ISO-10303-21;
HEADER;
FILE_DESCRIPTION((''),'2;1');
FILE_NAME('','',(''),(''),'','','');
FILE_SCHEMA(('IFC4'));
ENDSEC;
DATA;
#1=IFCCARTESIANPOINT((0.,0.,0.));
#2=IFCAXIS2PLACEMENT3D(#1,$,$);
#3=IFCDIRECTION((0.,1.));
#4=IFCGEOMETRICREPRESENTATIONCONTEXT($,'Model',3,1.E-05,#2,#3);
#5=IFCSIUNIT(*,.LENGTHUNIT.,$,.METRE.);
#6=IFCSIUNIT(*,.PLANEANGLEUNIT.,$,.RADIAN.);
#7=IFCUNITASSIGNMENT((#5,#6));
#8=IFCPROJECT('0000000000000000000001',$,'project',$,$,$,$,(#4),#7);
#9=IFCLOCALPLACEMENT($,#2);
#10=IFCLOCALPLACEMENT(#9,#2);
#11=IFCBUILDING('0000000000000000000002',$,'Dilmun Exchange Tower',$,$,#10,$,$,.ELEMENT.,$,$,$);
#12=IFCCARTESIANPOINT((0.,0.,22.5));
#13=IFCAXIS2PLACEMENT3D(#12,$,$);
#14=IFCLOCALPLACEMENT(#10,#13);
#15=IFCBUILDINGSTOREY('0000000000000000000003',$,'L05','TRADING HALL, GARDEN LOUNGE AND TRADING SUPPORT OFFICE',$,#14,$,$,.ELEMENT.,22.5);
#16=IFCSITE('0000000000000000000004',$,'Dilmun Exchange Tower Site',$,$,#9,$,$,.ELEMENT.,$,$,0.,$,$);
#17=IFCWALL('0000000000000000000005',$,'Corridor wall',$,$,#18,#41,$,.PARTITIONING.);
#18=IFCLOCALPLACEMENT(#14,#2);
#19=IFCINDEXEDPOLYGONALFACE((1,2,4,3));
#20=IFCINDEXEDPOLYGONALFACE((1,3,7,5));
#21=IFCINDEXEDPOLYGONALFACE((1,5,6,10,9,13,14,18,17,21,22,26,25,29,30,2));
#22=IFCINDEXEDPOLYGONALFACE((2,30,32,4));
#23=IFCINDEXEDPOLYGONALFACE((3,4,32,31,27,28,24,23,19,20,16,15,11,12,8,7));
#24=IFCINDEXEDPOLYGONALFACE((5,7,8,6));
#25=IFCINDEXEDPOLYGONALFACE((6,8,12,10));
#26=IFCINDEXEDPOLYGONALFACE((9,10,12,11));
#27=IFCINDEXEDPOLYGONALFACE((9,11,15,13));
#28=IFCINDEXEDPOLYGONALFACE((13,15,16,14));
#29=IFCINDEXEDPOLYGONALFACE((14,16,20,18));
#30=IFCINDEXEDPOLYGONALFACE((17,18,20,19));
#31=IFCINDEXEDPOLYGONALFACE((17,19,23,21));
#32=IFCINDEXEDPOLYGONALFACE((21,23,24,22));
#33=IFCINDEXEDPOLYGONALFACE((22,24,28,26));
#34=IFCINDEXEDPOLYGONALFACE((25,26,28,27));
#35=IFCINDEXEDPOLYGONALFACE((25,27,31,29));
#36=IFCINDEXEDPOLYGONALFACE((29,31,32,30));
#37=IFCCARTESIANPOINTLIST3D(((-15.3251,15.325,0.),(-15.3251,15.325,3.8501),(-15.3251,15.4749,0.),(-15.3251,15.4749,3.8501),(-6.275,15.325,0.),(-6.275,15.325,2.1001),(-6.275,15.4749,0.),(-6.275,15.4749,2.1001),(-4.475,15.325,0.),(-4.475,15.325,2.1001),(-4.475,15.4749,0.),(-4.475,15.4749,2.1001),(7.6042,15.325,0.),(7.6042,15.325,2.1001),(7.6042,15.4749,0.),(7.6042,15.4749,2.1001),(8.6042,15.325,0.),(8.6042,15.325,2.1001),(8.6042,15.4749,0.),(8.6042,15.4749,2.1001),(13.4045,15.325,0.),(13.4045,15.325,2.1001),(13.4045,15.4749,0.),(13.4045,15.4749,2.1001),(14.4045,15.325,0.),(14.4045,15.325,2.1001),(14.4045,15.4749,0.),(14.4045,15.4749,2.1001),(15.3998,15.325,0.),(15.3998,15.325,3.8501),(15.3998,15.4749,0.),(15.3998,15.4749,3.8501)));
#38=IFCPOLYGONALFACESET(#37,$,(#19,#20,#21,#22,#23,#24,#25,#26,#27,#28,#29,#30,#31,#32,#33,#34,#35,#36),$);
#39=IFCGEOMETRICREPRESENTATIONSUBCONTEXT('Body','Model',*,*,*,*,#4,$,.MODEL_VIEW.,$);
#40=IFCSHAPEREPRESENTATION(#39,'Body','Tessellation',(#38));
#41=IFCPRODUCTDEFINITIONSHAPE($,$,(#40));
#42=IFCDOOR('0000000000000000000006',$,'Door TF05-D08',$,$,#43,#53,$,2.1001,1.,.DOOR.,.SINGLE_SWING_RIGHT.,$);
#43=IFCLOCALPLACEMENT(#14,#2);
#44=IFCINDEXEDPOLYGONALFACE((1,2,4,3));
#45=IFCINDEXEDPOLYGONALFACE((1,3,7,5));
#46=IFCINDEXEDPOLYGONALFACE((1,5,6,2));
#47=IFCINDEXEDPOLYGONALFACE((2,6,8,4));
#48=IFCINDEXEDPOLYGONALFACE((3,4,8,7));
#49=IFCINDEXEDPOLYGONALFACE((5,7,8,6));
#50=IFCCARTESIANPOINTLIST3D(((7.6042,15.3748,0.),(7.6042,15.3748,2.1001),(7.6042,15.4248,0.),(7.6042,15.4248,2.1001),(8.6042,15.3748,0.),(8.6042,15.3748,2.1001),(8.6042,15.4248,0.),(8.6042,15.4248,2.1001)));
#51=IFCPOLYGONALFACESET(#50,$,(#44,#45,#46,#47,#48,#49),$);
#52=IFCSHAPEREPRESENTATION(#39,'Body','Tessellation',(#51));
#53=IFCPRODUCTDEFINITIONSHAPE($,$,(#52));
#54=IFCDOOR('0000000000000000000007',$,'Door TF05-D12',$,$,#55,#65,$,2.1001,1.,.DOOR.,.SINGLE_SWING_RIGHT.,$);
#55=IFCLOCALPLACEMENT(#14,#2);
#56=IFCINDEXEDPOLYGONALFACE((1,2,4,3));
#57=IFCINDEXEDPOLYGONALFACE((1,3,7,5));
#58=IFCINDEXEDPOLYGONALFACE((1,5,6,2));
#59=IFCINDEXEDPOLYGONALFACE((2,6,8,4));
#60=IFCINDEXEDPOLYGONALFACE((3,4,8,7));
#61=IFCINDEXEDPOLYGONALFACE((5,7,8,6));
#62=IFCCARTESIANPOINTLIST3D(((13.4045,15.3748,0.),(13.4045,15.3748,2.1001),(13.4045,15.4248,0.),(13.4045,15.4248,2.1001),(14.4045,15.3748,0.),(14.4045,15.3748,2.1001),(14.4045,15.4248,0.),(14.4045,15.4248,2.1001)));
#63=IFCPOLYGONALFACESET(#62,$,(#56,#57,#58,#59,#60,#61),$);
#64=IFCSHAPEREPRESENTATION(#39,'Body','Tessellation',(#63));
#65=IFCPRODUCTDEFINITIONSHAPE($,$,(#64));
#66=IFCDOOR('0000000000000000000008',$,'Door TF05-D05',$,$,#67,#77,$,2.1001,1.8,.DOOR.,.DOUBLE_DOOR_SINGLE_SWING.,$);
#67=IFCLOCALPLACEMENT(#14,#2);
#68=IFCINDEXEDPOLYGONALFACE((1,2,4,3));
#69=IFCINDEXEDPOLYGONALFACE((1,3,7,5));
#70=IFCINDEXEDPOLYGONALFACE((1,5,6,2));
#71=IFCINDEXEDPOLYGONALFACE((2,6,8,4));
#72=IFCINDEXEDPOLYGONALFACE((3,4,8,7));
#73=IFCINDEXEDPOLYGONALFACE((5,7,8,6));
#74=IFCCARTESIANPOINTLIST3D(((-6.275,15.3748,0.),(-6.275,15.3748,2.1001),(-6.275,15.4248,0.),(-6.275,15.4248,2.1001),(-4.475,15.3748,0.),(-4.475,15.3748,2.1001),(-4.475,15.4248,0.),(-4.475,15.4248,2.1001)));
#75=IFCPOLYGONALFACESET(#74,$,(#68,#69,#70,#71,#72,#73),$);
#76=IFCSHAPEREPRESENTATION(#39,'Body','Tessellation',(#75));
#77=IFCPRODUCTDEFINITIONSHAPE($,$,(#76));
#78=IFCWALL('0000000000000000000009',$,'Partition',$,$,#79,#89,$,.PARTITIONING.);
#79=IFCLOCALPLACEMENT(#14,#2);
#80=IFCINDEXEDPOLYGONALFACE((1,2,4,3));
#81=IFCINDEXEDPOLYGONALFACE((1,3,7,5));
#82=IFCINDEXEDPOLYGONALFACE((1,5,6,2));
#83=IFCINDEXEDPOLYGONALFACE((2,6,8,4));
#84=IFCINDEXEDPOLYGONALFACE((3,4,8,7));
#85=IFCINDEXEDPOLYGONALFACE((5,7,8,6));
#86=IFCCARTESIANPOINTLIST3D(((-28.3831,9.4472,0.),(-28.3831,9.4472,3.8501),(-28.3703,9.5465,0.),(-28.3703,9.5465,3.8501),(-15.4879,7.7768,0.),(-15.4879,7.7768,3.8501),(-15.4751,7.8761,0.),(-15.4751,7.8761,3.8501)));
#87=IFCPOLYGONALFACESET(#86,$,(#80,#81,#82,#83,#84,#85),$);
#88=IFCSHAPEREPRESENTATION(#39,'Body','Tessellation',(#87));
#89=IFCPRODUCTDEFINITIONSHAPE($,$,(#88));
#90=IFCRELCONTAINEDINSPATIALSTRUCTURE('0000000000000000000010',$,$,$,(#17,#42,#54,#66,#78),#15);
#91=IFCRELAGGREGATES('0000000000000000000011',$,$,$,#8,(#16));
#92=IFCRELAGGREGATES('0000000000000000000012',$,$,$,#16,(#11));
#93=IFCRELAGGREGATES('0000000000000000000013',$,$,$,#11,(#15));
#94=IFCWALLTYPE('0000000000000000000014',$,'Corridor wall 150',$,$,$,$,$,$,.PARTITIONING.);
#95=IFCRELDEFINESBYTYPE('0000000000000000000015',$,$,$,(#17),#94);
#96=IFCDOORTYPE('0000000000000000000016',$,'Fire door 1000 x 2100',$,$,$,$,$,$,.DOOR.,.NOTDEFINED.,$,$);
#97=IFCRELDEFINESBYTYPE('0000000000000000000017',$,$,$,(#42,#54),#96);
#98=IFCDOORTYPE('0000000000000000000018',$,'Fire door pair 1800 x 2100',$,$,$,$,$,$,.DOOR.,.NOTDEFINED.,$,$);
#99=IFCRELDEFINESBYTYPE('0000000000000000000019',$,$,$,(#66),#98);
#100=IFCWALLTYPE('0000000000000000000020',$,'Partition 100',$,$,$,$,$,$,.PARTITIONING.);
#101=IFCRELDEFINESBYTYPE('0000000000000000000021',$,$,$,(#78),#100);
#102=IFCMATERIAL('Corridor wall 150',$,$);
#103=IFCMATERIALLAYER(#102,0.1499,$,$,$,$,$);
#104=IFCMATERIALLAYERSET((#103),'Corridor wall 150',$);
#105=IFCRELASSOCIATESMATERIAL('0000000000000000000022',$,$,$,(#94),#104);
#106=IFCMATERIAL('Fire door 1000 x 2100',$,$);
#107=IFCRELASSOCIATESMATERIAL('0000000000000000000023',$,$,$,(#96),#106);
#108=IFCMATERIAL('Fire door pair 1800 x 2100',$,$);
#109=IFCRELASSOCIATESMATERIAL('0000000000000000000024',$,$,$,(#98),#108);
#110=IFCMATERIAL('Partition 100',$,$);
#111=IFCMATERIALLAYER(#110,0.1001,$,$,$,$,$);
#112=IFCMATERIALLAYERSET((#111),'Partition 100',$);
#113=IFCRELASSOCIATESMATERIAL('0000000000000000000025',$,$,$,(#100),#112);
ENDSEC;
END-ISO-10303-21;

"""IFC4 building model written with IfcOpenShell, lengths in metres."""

from ifc_helpers import new_model, si_unit, direction, frame, frame_2d, origin, place, context, subcontext, project, spatial, rectangle, extrude, material, layer, layer_set, type_object, element, fill, save


model = new_model("IFC4")

# Units and contexts
model_context = context("Model", 3, precision=1e-05, world=origin(), true_north=direction((0.0, 1.0)))
body_context = subcontext(model_context, "Body", "Model", "MODEL_VIEW")
ifc_project = project(units=[si_unit("LENGTHUNIT", "METRE"), si_unit("PLANEANGLEUNIT", "RADIAN")], contexts=[model_context])

# Site, building, storey
site_placement = place(None, origin())
site = spatial("IfcSite", under=ifc_project, at=site_placement, Name="Dilmun Exchange Tower Site", CompositionType="ELEMENT", RefElevation=0.0)
building_placement = place(site_placement, origin())
building = spatial("IfcBuilding", under=site, at=building_placement, Name="Dilmun Exchange Tower", CompositionType="ELEMENT")
storey_placement = place(building_placement, frame((0.0, 0.0, 22.5)))
storey = spatial("IfcBuildingStorey", under=building, at=storey_placement, Name="L05", Description="TRADING HALL, GARDEN LOUNGE AND TRADING SUPPORT OFFICE", CompositionType="ELEMENT", Elevation=22.5)

# Wall, openings, doors
ifc_material_1 = material(Name="Corridor wall 150")
ifc_layer_1 = layer(ifc_material_1, 0.1499)
ifc_layer_set_1 = layer_set([ifc_layer_1], Name="Corridor wall 150")
wall_type_1 = type_object("IfcWallType", Name="Corridor wall 150", PredefinedType="PARTITIONING", material=ifc_layer_set_1)
wall_1_placement = place(storey_placement, frame((-15.325, 15.3999, 0.0), z_axis=(0.0, 0.0, 1.0), x_axis=(1.0, 0.0, 0.0)))
wall_1 = element("IfcWall", 1, at=wall_1_placement, inside=storey, type_object=wall_type_1, Name="Corridor wall", PredefinedType="PARTITIONING", context=body_context, shape_type="SweptSolid", body=[
    extrude(rectangle(XDim=30.7249, YDim=0.1499, at=frame_2d((15.3623, 0.0))), origin(), (0.0, 0.0, 1.0), 3.8501),
])
opening_1_placement = place(wall_1_placement, frame((9.05, 0.0, 0.0)))
opening_1 = element("IfcOpeningElement", 2, at=opening_1_placement, cuts=wall_1, PredefinedType="OPENING", context=body_context, shape_type="SweptSolid", body=[
    extrude(rectangle(XDim=1.8, YDim=2.1001, at=frame_2d((0.8999, 1.05))), frame((0.0, 0.085, 0.0), z_axis=(0.0, -1.0, 0.0), x_axis=(1.0, 0.0, 0.0)), (0.0, 0.0, 1.0), 0.1699),
])
opening_2_placement = place(wall_1_placement, frame((22.9292, 0.0, 0.0)))
opening_2 = element("IfcOpeningElement", 3, at=opening_2_placement, cuts=wall_1, PredefinedType="OPENING", context=body_context, shape_type="SweptSolid", body=[
    extrude(rectangle(XDim=1.0, YDim=2.1001, at=frame_2d((0.5, 1.05))), frame((0.0, 0.085, 0.0), z_axis=(0.0, -1.0, 0.0), x_axis=(1.0, 0.0, 0.0)), (0.0, 0.0, 1.0), 0.1699),
])
opening_3_placement = place(wall_1_placement, frame((28.7295, 0.0, 0.0)))
opening_3 = element("IfcOpeningElement", 4, at=opening_3_placement, cuts=wall_1, PredefinedType="OPENING", context=body_context, shape_type="SweptSolid", body=[
    extrude(rectangle(XDim=1.0, YDim=2.1001, at=frame_2d((0.5, 1.05))), frame((0.0, 0.085, 0.0), z_axis=(0.0, -1.0, 0.0), x_axis=(1.0, 0.0, 0.0)), (0.0, 0.0, 1.0), 0.1699),
])
ifc_material_2 = material(Name="Fire door 1000 x 2100")
door_type_1 = type_object("IfcDoorType", Name="Fire door 1000 x 2100", OperationType="NOTDEFINED", PredefinedType="DOOR", material=ifc_material_2)
door_1_placement = place(opening_2_placement, origin())
door_1 = element("IfcDoor", 5, at=door_1_placement, inside=storey, type_object=door_type_1, Name="Door TF05-D08", OperationType="SINGLE_SWING_RIGHT", OverallHeight=2.1001, OverallWidth=1.0, PredefinedType="DOOR", context=body_context, shape_type="SweptSolid", body=[
    extrude(rectangle(XDim=1.0, YDim=2.1001, at=frame_2d((0.5, 1.05))), frame((0.0, 0.0249, 0.0), z_axis=(0.0, -1.0, 0.0), x_axis=(1.0, 0.0, 0.0)), (0.0, 0.0, 1.0), 0.05),
])
fill(opening_2, door_1)
door_2_placement = place(opening_3_placement, origin())
door_2 = element("IfcDoor", 6, at=door_2_placement, inside=storey, type_object=door_type_1, Name="Door TF05-D12", OperationType="SINGLE_SWING_RIGHT", OverallHeight=2.1001, OverallWidth=1.0, PredefinedType="DOOR", context=body_context, shape_type="SweptSolid", body=[
    extrude(rectangle(XDim=1.0, YDim=2.1001, at=frame_2d((0.5, 1.05))), frame((0.0, 0.0249, 0.0), z_axis=(0.0, -1.0, 0.0), x_axis=(1.0, 0.0, 0.0)), (0.0, 0.0, 1.0), 0.05),
])
fill(opening_3, door_2)
ifc_material_3 = material(Name="Fire door pair 1800 x 2100")
door_type_2 = type_object("IfcDoorType", Name="Fire door pair 1800 x 2100", OperationType="NOTDEFINED", PredefinedType="DOOR", material=ifc_material_3)
door_3_placement = place(opening_1_placement, origin())
door_3 = element("IfcDoor", 7, at=door_3_placement, inside=storey, type_object=door_type_2, Name="Door TF05-D05", OperationType="DOUBLE_DOOR_SINGLE_SWING", OverallHeight=2.1001, OverallWidth=1.8, PredefinedType="DOOR", context=body_context, shape_type="SweptSolid", body=[
    extrude(rectangle(XDim=1.8, YDim=2.1001, at=frame_2d((0.8999, 1.05))), frame((0.0, 0.0249, 0.0), z_axis=(0.0, -1.0, 0.0), x_axis=(1.0, 0.0, 0.0)), (0.0, 0.0, 1.0), 0.05),
])
fill(opening_1, door_3)

# Wall
ifc_material_4 = material(Name="Partition 100")
ifc_layer_2 = layer(ifc_material_4, 0.1001)
ifc_layer_set_2 = layer_set([ifc_layer_2], Name="Partition 100")
wall_type_2 = type_object("IfcWallType", Name="Partition 100", PredefinedType="PARTITIONING", material=ifc_layer_set_2)
wall_2_placement = place(storey_placement, frame((-28.3767, 9.4968, 0.0), z_axis=(0.0, 0.0, 1.0), x_axis=(0.991714, -0.128463, 0.0)))
element("IfcWall", 8, at=wall_2_placement, inside=storey, type_object=wall_type_2, Name="Partition", PredefinedType="PARTITIONING", context=body_context, shape_type="SweptSolid", body=[
    extrude(rectangle(XDim=13.0029, YDim=0.1001, at=frame_2d((6.5015, 0.0))), origin(), (0.0, 0.0, 1.0), 3.8501),
])

save(model, "model.ifc")
